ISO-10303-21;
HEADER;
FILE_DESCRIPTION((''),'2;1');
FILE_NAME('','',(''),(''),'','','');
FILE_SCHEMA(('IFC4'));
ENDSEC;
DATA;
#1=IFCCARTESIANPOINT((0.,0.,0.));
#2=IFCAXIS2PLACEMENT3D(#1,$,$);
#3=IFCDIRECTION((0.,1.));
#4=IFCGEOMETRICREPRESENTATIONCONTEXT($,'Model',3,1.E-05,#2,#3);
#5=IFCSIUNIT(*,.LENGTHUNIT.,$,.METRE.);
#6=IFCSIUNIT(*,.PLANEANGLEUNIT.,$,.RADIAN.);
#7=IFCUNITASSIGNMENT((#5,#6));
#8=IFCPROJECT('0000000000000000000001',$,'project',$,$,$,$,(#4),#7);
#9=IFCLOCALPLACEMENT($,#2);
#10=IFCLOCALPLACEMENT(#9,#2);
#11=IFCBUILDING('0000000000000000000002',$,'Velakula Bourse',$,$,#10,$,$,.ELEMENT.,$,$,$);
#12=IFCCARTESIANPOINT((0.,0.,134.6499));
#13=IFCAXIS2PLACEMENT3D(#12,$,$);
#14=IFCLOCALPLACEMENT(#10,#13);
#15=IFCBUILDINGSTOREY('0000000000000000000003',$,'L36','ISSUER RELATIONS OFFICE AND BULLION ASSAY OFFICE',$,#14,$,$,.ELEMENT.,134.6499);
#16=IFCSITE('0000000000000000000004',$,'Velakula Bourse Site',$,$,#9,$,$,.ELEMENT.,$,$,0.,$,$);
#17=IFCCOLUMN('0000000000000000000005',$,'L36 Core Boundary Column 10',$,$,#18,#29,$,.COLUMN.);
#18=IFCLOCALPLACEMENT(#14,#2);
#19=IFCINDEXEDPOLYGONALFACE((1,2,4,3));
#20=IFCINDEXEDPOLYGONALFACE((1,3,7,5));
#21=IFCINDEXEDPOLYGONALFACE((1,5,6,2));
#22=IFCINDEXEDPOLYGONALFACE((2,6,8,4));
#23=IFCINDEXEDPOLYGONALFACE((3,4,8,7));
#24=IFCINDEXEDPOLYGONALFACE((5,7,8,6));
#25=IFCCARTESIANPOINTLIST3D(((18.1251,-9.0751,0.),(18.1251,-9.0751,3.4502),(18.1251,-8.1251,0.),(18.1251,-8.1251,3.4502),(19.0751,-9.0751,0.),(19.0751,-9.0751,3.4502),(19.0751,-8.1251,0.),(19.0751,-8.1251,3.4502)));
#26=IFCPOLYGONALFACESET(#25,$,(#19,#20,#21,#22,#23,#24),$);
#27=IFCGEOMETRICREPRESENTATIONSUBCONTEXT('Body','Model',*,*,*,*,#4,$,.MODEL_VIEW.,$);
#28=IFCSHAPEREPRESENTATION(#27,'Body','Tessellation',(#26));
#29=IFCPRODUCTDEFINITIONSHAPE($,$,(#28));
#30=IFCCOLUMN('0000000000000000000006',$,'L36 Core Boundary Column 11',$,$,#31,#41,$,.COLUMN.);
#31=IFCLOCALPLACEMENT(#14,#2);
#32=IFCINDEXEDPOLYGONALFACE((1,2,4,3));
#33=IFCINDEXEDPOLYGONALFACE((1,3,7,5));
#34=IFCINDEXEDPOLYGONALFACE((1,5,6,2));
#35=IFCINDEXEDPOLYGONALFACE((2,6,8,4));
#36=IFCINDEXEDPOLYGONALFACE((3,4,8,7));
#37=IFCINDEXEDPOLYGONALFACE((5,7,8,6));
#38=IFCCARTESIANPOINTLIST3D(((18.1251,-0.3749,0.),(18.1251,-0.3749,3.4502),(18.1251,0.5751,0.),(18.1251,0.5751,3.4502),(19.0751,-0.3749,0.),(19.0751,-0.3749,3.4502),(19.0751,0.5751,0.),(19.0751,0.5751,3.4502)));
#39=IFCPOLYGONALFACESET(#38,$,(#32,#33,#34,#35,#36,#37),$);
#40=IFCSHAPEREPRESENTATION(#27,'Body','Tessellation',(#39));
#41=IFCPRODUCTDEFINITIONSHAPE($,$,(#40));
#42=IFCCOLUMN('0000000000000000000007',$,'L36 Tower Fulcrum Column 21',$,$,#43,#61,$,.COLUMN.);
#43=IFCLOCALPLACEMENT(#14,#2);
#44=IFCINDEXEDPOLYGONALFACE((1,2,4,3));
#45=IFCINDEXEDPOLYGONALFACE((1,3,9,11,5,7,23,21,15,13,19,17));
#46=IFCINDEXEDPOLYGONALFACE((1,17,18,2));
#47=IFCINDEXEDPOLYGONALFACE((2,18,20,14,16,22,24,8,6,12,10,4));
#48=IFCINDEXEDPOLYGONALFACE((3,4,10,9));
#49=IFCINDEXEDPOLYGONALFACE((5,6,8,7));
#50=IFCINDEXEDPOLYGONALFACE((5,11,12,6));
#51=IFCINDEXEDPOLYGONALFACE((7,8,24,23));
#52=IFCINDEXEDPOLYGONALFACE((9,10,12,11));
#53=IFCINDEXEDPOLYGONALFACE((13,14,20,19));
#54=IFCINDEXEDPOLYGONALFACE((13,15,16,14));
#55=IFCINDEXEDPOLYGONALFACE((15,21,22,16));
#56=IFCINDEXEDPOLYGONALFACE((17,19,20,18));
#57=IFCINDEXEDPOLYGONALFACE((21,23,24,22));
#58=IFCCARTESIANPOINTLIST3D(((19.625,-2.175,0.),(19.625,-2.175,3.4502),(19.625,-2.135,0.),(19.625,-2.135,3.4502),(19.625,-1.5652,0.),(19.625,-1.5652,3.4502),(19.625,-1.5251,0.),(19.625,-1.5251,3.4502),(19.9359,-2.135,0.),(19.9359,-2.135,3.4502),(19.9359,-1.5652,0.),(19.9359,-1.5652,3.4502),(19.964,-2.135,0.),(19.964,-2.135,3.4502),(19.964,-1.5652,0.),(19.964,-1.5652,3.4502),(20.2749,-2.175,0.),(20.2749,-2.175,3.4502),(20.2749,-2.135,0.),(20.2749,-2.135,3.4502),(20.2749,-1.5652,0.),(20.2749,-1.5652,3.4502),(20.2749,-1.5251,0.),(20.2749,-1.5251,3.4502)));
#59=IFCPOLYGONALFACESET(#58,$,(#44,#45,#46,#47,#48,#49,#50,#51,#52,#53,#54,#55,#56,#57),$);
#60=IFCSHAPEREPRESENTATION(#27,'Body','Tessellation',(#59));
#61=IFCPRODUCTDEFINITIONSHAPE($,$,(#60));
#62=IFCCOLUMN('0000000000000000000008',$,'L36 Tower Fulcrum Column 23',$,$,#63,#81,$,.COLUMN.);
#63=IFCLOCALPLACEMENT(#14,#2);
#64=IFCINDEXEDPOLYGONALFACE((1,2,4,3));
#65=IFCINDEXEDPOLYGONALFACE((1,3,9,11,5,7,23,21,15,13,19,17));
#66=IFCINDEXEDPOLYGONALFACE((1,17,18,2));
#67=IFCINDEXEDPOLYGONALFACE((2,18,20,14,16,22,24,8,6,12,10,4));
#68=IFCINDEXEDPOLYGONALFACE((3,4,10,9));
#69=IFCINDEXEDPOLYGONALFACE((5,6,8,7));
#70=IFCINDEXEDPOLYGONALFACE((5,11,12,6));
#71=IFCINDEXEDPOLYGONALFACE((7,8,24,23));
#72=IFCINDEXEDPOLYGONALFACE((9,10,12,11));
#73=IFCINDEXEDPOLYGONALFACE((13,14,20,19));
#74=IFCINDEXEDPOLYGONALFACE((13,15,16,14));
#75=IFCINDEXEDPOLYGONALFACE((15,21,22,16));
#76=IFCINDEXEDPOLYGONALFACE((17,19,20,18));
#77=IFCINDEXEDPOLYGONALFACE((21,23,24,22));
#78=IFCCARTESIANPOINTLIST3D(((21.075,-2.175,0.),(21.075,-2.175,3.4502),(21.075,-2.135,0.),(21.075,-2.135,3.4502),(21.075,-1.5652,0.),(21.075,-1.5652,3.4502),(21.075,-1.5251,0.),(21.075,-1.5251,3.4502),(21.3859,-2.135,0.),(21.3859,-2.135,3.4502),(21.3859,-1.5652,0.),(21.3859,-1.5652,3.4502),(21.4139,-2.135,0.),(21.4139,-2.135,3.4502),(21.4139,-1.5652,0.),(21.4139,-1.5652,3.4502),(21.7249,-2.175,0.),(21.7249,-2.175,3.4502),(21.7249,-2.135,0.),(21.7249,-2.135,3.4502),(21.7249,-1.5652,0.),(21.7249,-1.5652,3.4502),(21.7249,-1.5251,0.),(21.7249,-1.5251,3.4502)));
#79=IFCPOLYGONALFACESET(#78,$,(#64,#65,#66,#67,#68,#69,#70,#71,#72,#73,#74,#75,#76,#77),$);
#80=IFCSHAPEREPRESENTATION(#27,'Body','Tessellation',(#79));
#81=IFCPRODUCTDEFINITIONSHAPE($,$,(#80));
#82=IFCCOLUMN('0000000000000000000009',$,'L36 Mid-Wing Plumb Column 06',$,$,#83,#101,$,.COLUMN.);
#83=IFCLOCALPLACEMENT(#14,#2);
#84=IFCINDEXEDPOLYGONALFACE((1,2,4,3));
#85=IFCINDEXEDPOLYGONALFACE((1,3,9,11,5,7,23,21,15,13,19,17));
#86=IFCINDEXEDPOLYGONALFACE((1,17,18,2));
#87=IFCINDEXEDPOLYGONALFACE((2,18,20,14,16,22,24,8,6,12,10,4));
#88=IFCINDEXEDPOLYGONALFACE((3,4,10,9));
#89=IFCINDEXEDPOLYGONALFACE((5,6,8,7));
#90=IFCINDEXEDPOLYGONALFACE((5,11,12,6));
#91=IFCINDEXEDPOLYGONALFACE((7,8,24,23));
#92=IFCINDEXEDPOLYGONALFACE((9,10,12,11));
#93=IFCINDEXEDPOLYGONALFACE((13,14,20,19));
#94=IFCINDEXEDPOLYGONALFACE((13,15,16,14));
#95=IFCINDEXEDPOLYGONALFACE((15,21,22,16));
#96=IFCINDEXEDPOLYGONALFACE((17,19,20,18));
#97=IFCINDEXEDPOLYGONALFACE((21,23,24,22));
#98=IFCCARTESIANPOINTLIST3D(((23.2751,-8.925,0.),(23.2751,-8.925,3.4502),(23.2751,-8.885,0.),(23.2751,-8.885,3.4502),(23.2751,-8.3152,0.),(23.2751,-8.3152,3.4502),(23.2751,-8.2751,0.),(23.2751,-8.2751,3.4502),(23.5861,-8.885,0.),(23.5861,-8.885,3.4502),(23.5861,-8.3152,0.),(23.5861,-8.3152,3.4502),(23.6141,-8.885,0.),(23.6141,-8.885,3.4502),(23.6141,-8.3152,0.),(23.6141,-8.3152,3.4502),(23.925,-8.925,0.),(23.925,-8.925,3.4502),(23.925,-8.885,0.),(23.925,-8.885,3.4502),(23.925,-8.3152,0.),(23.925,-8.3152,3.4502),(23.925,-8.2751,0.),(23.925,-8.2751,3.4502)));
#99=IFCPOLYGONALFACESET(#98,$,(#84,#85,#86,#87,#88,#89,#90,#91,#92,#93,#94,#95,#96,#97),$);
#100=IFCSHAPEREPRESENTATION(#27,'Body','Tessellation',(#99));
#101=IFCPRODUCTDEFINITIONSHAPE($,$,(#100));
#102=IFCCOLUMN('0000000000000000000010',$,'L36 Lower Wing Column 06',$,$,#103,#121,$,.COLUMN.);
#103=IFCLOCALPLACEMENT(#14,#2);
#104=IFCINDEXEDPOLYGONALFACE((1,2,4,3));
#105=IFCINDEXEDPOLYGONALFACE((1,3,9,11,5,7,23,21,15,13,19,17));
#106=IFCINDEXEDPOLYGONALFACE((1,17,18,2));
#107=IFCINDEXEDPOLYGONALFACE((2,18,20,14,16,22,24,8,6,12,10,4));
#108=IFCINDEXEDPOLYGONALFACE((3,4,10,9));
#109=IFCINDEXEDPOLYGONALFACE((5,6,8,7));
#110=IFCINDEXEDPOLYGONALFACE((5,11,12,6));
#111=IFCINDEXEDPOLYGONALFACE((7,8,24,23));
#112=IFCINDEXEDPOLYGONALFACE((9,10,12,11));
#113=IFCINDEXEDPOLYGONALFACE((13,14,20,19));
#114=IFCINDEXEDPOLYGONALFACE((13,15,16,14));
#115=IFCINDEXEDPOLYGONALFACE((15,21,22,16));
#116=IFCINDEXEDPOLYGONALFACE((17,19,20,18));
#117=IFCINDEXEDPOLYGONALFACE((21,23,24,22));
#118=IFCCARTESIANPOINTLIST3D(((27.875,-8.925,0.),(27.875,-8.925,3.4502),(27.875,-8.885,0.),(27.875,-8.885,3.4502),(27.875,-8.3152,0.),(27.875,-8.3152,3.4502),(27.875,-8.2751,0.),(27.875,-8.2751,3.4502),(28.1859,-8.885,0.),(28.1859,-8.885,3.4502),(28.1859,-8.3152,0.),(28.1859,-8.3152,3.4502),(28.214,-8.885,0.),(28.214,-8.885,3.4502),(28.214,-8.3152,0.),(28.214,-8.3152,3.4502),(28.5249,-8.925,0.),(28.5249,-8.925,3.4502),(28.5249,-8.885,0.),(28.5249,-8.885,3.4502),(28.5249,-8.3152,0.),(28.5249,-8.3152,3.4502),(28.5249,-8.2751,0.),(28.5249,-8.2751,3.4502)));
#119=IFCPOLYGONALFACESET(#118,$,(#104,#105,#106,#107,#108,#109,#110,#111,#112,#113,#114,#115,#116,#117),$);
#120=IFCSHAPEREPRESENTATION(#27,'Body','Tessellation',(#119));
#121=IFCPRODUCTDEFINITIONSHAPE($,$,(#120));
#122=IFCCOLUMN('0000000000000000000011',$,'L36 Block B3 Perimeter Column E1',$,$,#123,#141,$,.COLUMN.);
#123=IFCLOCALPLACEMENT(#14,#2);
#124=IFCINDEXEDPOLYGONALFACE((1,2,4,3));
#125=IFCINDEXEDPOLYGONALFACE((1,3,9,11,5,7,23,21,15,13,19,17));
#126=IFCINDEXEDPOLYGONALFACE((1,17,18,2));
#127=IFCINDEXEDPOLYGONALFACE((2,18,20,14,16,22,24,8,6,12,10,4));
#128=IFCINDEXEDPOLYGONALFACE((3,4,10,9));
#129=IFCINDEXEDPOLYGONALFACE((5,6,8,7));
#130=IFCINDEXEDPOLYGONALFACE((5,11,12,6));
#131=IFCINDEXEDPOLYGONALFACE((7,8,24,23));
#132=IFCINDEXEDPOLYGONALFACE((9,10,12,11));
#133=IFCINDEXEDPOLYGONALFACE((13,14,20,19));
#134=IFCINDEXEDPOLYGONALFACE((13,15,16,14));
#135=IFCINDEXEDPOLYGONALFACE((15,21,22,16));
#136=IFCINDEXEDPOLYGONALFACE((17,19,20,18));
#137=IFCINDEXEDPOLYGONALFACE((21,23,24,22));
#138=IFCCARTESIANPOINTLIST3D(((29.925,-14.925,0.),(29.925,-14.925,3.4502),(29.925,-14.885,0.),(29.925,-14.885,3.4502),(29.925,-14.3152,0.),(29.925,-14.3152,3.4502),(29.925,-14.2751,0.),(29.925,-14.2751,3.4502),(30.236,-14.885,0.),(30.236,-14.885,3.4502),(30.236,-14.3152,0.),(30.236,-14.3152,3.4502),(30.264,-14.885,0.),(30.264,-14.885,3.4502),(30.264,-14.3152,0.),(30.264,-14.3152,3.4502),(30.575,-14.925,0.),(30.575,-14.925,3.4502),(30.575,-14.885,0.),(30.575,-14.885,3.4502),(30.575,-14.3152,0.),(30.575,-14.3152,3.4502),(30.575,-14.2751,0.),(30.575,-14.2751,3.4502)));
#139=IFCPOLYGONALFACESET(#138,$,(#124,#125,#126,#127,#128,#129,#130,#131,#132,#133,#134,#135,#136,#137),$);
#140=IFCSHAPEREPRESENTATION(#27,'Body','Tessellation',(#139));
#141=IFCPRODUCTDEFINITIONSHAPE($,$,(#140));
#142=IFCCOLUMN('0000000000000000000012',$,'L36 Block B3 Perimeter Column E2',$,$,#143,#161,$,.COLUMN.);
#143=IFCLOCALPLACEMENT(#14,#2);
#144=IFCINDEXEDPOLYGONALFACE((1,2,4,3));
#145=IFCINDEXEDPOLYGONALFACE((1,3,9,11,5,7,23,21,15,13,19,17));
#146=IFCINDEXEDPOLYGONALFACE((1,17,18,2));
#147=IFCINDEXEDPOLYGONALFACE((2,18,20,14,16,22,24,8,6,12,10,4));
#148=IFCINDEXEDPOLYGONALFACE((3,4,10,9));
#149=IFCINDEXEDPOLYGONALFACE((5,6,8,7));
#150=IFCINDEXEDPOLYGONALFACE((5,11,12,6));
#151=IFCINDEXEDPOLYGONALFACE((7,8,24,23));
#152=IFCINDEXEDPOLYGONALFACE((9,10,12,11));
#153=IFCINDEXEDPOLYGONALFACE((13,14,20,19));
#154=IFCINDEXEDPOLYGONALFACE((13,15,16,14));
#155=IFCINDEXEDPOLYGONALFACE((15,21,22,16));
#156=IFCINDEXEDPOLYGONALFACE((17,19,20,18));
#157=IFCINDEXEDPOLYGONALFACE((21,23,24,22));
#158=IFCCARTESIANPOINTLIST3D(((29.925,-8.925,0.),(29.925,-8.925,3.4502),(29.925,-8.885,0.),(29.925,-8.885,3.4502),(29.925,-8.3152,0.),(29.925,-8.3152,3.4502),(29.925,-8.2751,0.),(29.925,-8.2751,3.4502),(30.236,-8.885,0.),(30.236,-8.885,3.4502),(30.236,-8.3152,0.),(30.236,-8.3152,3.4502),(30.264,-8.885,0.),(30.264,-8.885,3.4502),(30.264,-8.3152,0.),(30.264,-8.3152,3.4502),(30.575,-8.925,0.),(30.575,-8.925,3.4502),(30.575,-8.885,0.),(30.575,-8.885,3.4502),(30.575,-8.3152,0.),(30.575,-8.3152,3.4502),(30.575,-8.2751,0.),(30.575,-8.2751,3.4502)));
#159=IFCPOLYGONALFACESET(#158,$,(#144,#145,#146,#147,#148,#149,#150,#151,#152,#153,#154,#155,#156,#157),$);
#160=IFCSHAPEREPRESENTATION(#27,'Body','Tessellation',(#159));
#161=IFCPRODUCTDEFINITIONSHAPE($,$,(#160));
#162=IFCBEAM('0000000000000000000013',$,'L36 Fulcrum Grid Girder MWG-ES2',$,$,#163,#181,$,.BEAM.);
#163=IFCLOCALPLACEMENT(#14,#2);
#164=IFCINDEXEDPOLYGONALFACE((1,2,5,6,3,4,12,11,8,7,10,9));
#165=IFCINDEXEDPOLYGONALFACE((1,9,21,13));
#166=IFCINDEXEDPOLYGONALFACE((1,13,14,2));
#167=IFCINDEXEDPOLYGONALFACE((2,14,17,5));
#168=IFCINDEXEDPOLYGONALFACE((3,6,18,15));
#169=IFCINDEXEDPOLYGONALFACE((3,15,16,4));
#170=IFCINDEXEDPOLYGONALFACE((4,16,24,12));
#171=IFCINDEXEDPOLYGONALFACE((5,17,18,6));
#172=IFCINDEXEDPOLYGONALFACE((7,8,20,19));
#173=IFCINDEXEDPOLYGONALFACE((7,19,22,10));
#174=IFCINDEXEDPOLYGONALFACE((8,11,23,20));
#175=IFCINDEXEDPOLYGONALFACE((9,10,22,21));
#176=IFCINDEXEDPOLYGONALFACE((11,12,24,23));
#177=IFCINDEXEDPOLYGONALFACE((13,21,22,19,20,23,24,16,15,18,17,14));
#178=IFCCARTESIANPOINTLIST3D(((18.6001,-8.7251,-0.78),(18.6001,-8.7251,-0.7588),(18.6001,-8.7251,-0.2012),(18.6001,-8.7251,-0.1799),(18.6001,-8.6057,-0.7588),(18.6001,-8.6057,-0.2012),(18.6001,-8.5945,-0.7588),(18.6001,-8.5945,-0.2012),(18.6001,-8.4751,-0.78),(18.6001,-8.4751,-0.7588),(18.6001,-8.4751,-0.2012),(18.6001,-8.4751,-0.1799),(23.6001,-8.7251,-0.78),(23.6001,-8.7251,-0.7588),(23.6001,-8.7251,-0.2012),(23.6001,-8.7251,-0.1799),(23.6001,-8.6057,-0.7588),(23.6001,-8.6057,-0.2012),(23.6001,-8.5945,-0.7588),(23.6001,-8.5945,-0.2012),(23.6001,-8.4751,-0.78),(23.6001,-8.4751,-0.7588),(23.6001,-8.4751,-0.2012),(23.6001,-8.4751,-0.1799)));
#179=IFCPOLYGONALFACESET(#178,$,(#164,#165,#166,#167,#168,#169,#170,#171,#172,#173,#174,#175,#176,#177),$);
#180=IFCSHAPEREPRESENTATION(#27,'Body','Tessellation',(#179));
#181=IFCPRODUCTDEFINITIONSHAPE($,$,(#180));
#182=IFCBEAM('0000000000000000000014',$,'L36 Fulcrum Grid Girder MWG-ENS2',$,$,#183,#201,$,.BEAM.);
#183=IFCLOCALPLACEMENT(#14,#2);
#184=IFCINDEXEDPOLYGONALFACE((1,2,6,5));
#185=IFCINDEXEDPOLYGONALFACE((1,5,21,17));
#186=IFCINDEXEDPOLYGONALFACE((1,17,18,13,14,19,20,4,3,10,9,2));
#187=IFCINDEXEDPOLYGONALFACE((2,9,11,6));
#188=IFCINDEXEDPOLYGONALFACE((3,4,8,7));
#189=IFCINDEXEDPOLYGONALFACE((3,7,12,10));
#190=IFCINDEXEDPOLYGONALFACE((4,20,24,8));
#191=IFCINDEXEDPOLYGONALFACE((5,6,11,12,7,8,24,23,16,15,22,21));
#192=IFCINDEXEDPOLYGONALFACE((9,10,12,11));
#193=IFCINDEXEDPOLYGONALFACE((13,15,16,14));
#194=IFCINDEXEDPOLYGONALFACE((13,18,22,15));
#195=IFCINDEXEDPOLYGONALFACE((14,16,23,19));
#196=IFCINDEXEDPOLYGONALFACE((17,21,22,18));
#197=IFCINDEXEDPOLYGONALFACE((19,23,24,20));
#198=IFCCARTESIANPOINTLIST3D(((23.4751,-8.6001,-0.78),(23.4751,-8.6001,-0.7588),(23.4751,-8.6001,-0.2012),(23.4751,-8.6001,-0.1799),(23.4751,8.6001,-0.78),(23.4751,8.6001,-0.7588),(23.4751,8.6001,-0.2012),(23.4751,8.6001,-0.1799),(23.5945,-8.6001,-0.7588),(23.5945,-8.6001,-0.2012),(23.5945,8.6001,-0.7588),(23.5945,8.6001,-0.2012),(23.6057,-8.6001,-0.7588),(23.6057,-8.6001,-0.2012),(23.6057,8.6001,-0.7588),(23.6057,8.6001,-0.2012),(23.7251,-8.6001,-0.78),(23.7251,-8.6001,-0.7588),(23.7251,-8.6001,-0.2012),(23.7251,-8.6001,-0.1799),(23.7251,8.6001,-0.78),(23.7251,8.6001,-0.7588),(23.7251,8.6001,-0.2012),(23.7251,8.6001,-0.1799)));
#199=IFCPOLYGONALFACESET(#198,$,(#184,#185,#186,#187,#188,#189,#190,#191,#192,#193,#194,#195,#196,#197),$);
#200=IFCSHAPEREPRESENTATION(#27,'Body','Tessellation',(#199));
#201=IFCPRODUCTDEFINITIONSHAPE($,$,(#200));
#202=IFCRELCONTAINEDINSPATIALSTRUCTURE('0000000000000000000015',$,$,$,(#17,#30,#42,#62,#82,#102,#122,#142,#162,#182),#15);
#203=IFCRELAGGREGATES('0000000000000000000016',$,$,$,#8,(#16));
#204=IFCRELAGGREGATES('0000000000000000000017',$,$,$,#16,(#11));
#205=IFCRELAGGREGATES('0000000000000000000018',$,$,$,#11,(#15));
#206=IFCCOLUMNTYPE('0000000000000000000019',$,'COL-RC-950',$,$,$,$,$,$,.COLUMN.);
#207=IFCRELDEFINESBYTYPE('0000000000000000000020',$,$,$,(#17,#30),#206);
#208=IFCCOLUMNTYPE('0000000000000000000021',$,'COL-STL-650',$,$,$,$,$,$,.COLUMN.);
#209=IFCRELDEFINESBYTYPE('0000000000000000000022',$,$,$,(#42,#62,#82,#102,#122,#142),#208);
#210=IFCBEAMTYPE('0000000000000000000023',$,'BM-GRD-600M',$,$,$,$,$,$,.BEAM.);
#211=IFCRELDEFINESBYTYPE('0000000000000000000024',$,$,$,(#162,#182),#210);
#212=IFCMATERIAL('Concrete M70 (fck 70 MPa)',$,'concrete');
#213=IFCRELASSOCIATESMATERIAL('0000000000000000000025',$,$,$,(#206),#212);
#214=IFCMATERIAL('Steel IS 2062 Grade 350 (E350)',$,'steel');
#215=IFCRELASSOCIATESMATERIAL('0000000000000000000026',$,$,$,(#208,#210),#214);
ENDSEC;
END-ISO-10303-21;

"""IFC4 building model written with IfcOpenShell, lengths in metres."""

from ifc_helpers import new_model, si_unit, direction, frame, origin, origin_2d, place, context, subcontext, project, spatial, rectangle, i_section, extrude, material, material_profile, profile_set, type_object, element, save


model = new_model("IFC4")

# Units and contexts
model_context = context("Model", 3, precision=1e-05, world=origin(), true_north=direction((0.0, 1.0)))
body_context = subcontext(model_context, "Body", "Model", "MODEL_VIEW")
ifc_project = project(units=[si_unit("LENGTHUNIT", "METRE"), si_unit("PLANEANGLEUNIT", "RADIAN")], contexts=[model_context])

# Site, building, storey
site_placement = place(None, origin())
site = spatial("IfcSite", under=ifc_project, at=site_placement, Name="Velakula Bourse Site", CompositionType="ELEMENT", RefElevation=0.0)
building_placement = place(site_placement, origin())
building = spatial("IfcBuilding", under=site, at=building_placement, Name="Velakula Bourse", CompositionType="ELEMENT")
storey_placement = place(building_placement, frame((0.0, 0.0, 134.6499)))
storey = spatial("IfcBuildingStorey", under=building, at=storey_placement, Name="L36", Description="ISSUER RELATIONS OFFICE AND BULLION ASSAY OFFICE", CompositionType="ELEMENT", Elevation=134.6499)

# Columns
ifc_material_1 = material(Name="Concrete M70 (fck 70 MPa)", Category="concrete")
ifc_material_profile_1 = material_profile(ifc_material_1, rectangle(XDim=0.95, YDim=0.95, at=origin_2d()), Name="Concrete M70 (fck 70 MPa)")
ifc_profile_set_1 = profile_set([ifc_material_profile_1], Name="Concrete M70 (fck 70 MPa)")
column_type_1 = type_object("IfcColumnType", Name="COL-RC-950", PredefinedType="COLUMN", material=ifc_profile_set_1)
for number, where, z_axis, x_axis, name in (
    (1, (18.6001, -8.6001, 0.0), (0.0, 0.0, 1.0), (1.0, 0.0, 0.0), "L36 Core Boundary Column 10"),
    (2, (18.6001, 0.1001, 0.0), (0.0, 0.0, 1.0), (1.0, 0.0, 0.0), "L36 Core Boundary Column 11"),
):
    element("IfcColumn", number, at=place(storey_placement, frame(where, z_axis=z_axis, x_axis=x_axis)), inside=storey, type_object=column_type_1, Name=name, PredefinedType="COLUMN", context=body_context, shape_type="SweptSolid", body=[
        extrude(rectangle(XDim=0.95, YDim=0.95, at=origin_2d()), origin(), (0.0, 0.0, 1.0), 3.4502),
    ])
ifc_material_2 = material(Name="Steel IS 2062 Grade 350 (E350)", Category="steel")
ifc_material_profile_2 = material_profile(ifc_material_2, i_section(OverallWidth=0.6499, OverallDepth=0.6499, WebThickness=0.0281, FlangeThickness=0.04, at=origin_2d()), Name="Steel IS 2062 Grade 350 (E350)")
ifc_profile_set_2 = profile_set([ifc_material_profile_2], Name="Steel IS 2062 Grade 350 (E350)")
column_type_2 = type_object("IfcColumnType", Name="COL-STL-650", PredefinedType="COLUMN", material=ifc_profile_set_2)
for number, where, z_axis, x_axis, name in (
    (3, (19.95, -1.8501, 0.0), (0.0, 0.0, 1.0), (1.0, 0.0, 0.0), "L36 Tower Fulcrum Column 21"),
    (4, (21.3999, -1.8501, 0.0), (0.0, 0.0, 1.0), (1.0, 0.0, 0.0), "L36 Tower Fulcrum Column 23"),
    (5, (23.6001, -8.6001, 0.0), (0.0, 0.0, 1.0), (1.0, 0.0, 0.0), "L36 Mid-Wing Plumb Column 06"),
    (6, (28.2, -8.6001, 0.0), (0.0, 0.0, 1.0), (1.0, 0.0, 0.0), "L36 Lower Wing Column 06"),
    (7, (30.25, -14.6001, 0.0), (0.0, 0.0, 1.0), (1.0, 0.0, 0.0), "L36 Block B3 Perimeter Column E1"),
    (8, (30.25, -8.6001, 0.0), (0.0, 0.0, 1.0), (1.0, 0.0, 0.0), "L36 Block B3 Perimeter Column E2"),
):
    element("IfcColumn", number, at=place(storey_placement, frame(where, z_axis=z_axis, x_axis=x_axis)), inside=storey, type_object=column_type_2, Name=name, PredefinedType="COLUMN", context=body_context, shape_type="SweptSolid", body=[
        extrude(i_section(OverallWidth=0.6499, OverallDepth=0.6499, WebThickness=0.0281, FlangeThickness=0.04, at=origin_2d()), origin(), (0.0, 0.0, 1.0), 3.4502),
    ])

# Beams
ifc_material_profile_3 = material_profile(ifc_material_2, i_section(OverallWidth=0.25, OverallDepth=0.6001, WebThickness=0.0112, FlangeThickness=0.0212, at=origin_2d()), Name="Steel IS 2062 Grade 350 (E350)")
ifc_profile_set_3 = profile_set([ifc_material_profile_3], Name="Steel IS 2062 Grade 350 (E350)")
beam_type_1 = type_object("IfcBeamType", Name="BM-GRD-600M", PredefinedType="BEAM", material=ifc_profile_set_3)
beam_1_placement = place(storey_placement, frame((18.6001, -8.6001, -0.48), z_axis=(1.0, 0.0, 0.0), x_axis=(0.0, 1.0, 0.0)))
element("IfcBeam", 9, at=beam_1_placement, inside=storey, type_object=beam_type_1, Name="L36 Fulcrum Grid Girder MWG-ES2", PredefinedType="BEAM", context=body_context, shape_type="SweptSolid", body=[
    extrude(i_section(OverallWidth=0.25, OverallDepth=0.6001, WebThickness=0.0112, FlangeThickness=0.0212, at=origin_2d()), origin(), (0.0, 0.0, 1.0), 5.0),
])
beam_2_placement = place(storey_placement, frame((23.6001, -8.6001, -0.48), z_axis=(0.0, 1.0, 0.0), x_axis=(-1.0, 0.0, 0.0)))
element("IfcBeam", 10, at=beam_2_placement, inside=storey, type_object=beam_type_1, Name="L36 Fulcrum Grid Girder MWG-ENS2", PredefinedType="BEAM", context=body_context, shape_type="SweptSolid", body=[
    extrude(i_section(OverallWidth=0.25, OverallDepth=0.6001, WebThickness=0.0112, FlangeThickness=0.0212, at=origin_2d()), origin(), (0.0, 0.0, 1.0), 17.2002),
])

save(model, "model.ifc")
